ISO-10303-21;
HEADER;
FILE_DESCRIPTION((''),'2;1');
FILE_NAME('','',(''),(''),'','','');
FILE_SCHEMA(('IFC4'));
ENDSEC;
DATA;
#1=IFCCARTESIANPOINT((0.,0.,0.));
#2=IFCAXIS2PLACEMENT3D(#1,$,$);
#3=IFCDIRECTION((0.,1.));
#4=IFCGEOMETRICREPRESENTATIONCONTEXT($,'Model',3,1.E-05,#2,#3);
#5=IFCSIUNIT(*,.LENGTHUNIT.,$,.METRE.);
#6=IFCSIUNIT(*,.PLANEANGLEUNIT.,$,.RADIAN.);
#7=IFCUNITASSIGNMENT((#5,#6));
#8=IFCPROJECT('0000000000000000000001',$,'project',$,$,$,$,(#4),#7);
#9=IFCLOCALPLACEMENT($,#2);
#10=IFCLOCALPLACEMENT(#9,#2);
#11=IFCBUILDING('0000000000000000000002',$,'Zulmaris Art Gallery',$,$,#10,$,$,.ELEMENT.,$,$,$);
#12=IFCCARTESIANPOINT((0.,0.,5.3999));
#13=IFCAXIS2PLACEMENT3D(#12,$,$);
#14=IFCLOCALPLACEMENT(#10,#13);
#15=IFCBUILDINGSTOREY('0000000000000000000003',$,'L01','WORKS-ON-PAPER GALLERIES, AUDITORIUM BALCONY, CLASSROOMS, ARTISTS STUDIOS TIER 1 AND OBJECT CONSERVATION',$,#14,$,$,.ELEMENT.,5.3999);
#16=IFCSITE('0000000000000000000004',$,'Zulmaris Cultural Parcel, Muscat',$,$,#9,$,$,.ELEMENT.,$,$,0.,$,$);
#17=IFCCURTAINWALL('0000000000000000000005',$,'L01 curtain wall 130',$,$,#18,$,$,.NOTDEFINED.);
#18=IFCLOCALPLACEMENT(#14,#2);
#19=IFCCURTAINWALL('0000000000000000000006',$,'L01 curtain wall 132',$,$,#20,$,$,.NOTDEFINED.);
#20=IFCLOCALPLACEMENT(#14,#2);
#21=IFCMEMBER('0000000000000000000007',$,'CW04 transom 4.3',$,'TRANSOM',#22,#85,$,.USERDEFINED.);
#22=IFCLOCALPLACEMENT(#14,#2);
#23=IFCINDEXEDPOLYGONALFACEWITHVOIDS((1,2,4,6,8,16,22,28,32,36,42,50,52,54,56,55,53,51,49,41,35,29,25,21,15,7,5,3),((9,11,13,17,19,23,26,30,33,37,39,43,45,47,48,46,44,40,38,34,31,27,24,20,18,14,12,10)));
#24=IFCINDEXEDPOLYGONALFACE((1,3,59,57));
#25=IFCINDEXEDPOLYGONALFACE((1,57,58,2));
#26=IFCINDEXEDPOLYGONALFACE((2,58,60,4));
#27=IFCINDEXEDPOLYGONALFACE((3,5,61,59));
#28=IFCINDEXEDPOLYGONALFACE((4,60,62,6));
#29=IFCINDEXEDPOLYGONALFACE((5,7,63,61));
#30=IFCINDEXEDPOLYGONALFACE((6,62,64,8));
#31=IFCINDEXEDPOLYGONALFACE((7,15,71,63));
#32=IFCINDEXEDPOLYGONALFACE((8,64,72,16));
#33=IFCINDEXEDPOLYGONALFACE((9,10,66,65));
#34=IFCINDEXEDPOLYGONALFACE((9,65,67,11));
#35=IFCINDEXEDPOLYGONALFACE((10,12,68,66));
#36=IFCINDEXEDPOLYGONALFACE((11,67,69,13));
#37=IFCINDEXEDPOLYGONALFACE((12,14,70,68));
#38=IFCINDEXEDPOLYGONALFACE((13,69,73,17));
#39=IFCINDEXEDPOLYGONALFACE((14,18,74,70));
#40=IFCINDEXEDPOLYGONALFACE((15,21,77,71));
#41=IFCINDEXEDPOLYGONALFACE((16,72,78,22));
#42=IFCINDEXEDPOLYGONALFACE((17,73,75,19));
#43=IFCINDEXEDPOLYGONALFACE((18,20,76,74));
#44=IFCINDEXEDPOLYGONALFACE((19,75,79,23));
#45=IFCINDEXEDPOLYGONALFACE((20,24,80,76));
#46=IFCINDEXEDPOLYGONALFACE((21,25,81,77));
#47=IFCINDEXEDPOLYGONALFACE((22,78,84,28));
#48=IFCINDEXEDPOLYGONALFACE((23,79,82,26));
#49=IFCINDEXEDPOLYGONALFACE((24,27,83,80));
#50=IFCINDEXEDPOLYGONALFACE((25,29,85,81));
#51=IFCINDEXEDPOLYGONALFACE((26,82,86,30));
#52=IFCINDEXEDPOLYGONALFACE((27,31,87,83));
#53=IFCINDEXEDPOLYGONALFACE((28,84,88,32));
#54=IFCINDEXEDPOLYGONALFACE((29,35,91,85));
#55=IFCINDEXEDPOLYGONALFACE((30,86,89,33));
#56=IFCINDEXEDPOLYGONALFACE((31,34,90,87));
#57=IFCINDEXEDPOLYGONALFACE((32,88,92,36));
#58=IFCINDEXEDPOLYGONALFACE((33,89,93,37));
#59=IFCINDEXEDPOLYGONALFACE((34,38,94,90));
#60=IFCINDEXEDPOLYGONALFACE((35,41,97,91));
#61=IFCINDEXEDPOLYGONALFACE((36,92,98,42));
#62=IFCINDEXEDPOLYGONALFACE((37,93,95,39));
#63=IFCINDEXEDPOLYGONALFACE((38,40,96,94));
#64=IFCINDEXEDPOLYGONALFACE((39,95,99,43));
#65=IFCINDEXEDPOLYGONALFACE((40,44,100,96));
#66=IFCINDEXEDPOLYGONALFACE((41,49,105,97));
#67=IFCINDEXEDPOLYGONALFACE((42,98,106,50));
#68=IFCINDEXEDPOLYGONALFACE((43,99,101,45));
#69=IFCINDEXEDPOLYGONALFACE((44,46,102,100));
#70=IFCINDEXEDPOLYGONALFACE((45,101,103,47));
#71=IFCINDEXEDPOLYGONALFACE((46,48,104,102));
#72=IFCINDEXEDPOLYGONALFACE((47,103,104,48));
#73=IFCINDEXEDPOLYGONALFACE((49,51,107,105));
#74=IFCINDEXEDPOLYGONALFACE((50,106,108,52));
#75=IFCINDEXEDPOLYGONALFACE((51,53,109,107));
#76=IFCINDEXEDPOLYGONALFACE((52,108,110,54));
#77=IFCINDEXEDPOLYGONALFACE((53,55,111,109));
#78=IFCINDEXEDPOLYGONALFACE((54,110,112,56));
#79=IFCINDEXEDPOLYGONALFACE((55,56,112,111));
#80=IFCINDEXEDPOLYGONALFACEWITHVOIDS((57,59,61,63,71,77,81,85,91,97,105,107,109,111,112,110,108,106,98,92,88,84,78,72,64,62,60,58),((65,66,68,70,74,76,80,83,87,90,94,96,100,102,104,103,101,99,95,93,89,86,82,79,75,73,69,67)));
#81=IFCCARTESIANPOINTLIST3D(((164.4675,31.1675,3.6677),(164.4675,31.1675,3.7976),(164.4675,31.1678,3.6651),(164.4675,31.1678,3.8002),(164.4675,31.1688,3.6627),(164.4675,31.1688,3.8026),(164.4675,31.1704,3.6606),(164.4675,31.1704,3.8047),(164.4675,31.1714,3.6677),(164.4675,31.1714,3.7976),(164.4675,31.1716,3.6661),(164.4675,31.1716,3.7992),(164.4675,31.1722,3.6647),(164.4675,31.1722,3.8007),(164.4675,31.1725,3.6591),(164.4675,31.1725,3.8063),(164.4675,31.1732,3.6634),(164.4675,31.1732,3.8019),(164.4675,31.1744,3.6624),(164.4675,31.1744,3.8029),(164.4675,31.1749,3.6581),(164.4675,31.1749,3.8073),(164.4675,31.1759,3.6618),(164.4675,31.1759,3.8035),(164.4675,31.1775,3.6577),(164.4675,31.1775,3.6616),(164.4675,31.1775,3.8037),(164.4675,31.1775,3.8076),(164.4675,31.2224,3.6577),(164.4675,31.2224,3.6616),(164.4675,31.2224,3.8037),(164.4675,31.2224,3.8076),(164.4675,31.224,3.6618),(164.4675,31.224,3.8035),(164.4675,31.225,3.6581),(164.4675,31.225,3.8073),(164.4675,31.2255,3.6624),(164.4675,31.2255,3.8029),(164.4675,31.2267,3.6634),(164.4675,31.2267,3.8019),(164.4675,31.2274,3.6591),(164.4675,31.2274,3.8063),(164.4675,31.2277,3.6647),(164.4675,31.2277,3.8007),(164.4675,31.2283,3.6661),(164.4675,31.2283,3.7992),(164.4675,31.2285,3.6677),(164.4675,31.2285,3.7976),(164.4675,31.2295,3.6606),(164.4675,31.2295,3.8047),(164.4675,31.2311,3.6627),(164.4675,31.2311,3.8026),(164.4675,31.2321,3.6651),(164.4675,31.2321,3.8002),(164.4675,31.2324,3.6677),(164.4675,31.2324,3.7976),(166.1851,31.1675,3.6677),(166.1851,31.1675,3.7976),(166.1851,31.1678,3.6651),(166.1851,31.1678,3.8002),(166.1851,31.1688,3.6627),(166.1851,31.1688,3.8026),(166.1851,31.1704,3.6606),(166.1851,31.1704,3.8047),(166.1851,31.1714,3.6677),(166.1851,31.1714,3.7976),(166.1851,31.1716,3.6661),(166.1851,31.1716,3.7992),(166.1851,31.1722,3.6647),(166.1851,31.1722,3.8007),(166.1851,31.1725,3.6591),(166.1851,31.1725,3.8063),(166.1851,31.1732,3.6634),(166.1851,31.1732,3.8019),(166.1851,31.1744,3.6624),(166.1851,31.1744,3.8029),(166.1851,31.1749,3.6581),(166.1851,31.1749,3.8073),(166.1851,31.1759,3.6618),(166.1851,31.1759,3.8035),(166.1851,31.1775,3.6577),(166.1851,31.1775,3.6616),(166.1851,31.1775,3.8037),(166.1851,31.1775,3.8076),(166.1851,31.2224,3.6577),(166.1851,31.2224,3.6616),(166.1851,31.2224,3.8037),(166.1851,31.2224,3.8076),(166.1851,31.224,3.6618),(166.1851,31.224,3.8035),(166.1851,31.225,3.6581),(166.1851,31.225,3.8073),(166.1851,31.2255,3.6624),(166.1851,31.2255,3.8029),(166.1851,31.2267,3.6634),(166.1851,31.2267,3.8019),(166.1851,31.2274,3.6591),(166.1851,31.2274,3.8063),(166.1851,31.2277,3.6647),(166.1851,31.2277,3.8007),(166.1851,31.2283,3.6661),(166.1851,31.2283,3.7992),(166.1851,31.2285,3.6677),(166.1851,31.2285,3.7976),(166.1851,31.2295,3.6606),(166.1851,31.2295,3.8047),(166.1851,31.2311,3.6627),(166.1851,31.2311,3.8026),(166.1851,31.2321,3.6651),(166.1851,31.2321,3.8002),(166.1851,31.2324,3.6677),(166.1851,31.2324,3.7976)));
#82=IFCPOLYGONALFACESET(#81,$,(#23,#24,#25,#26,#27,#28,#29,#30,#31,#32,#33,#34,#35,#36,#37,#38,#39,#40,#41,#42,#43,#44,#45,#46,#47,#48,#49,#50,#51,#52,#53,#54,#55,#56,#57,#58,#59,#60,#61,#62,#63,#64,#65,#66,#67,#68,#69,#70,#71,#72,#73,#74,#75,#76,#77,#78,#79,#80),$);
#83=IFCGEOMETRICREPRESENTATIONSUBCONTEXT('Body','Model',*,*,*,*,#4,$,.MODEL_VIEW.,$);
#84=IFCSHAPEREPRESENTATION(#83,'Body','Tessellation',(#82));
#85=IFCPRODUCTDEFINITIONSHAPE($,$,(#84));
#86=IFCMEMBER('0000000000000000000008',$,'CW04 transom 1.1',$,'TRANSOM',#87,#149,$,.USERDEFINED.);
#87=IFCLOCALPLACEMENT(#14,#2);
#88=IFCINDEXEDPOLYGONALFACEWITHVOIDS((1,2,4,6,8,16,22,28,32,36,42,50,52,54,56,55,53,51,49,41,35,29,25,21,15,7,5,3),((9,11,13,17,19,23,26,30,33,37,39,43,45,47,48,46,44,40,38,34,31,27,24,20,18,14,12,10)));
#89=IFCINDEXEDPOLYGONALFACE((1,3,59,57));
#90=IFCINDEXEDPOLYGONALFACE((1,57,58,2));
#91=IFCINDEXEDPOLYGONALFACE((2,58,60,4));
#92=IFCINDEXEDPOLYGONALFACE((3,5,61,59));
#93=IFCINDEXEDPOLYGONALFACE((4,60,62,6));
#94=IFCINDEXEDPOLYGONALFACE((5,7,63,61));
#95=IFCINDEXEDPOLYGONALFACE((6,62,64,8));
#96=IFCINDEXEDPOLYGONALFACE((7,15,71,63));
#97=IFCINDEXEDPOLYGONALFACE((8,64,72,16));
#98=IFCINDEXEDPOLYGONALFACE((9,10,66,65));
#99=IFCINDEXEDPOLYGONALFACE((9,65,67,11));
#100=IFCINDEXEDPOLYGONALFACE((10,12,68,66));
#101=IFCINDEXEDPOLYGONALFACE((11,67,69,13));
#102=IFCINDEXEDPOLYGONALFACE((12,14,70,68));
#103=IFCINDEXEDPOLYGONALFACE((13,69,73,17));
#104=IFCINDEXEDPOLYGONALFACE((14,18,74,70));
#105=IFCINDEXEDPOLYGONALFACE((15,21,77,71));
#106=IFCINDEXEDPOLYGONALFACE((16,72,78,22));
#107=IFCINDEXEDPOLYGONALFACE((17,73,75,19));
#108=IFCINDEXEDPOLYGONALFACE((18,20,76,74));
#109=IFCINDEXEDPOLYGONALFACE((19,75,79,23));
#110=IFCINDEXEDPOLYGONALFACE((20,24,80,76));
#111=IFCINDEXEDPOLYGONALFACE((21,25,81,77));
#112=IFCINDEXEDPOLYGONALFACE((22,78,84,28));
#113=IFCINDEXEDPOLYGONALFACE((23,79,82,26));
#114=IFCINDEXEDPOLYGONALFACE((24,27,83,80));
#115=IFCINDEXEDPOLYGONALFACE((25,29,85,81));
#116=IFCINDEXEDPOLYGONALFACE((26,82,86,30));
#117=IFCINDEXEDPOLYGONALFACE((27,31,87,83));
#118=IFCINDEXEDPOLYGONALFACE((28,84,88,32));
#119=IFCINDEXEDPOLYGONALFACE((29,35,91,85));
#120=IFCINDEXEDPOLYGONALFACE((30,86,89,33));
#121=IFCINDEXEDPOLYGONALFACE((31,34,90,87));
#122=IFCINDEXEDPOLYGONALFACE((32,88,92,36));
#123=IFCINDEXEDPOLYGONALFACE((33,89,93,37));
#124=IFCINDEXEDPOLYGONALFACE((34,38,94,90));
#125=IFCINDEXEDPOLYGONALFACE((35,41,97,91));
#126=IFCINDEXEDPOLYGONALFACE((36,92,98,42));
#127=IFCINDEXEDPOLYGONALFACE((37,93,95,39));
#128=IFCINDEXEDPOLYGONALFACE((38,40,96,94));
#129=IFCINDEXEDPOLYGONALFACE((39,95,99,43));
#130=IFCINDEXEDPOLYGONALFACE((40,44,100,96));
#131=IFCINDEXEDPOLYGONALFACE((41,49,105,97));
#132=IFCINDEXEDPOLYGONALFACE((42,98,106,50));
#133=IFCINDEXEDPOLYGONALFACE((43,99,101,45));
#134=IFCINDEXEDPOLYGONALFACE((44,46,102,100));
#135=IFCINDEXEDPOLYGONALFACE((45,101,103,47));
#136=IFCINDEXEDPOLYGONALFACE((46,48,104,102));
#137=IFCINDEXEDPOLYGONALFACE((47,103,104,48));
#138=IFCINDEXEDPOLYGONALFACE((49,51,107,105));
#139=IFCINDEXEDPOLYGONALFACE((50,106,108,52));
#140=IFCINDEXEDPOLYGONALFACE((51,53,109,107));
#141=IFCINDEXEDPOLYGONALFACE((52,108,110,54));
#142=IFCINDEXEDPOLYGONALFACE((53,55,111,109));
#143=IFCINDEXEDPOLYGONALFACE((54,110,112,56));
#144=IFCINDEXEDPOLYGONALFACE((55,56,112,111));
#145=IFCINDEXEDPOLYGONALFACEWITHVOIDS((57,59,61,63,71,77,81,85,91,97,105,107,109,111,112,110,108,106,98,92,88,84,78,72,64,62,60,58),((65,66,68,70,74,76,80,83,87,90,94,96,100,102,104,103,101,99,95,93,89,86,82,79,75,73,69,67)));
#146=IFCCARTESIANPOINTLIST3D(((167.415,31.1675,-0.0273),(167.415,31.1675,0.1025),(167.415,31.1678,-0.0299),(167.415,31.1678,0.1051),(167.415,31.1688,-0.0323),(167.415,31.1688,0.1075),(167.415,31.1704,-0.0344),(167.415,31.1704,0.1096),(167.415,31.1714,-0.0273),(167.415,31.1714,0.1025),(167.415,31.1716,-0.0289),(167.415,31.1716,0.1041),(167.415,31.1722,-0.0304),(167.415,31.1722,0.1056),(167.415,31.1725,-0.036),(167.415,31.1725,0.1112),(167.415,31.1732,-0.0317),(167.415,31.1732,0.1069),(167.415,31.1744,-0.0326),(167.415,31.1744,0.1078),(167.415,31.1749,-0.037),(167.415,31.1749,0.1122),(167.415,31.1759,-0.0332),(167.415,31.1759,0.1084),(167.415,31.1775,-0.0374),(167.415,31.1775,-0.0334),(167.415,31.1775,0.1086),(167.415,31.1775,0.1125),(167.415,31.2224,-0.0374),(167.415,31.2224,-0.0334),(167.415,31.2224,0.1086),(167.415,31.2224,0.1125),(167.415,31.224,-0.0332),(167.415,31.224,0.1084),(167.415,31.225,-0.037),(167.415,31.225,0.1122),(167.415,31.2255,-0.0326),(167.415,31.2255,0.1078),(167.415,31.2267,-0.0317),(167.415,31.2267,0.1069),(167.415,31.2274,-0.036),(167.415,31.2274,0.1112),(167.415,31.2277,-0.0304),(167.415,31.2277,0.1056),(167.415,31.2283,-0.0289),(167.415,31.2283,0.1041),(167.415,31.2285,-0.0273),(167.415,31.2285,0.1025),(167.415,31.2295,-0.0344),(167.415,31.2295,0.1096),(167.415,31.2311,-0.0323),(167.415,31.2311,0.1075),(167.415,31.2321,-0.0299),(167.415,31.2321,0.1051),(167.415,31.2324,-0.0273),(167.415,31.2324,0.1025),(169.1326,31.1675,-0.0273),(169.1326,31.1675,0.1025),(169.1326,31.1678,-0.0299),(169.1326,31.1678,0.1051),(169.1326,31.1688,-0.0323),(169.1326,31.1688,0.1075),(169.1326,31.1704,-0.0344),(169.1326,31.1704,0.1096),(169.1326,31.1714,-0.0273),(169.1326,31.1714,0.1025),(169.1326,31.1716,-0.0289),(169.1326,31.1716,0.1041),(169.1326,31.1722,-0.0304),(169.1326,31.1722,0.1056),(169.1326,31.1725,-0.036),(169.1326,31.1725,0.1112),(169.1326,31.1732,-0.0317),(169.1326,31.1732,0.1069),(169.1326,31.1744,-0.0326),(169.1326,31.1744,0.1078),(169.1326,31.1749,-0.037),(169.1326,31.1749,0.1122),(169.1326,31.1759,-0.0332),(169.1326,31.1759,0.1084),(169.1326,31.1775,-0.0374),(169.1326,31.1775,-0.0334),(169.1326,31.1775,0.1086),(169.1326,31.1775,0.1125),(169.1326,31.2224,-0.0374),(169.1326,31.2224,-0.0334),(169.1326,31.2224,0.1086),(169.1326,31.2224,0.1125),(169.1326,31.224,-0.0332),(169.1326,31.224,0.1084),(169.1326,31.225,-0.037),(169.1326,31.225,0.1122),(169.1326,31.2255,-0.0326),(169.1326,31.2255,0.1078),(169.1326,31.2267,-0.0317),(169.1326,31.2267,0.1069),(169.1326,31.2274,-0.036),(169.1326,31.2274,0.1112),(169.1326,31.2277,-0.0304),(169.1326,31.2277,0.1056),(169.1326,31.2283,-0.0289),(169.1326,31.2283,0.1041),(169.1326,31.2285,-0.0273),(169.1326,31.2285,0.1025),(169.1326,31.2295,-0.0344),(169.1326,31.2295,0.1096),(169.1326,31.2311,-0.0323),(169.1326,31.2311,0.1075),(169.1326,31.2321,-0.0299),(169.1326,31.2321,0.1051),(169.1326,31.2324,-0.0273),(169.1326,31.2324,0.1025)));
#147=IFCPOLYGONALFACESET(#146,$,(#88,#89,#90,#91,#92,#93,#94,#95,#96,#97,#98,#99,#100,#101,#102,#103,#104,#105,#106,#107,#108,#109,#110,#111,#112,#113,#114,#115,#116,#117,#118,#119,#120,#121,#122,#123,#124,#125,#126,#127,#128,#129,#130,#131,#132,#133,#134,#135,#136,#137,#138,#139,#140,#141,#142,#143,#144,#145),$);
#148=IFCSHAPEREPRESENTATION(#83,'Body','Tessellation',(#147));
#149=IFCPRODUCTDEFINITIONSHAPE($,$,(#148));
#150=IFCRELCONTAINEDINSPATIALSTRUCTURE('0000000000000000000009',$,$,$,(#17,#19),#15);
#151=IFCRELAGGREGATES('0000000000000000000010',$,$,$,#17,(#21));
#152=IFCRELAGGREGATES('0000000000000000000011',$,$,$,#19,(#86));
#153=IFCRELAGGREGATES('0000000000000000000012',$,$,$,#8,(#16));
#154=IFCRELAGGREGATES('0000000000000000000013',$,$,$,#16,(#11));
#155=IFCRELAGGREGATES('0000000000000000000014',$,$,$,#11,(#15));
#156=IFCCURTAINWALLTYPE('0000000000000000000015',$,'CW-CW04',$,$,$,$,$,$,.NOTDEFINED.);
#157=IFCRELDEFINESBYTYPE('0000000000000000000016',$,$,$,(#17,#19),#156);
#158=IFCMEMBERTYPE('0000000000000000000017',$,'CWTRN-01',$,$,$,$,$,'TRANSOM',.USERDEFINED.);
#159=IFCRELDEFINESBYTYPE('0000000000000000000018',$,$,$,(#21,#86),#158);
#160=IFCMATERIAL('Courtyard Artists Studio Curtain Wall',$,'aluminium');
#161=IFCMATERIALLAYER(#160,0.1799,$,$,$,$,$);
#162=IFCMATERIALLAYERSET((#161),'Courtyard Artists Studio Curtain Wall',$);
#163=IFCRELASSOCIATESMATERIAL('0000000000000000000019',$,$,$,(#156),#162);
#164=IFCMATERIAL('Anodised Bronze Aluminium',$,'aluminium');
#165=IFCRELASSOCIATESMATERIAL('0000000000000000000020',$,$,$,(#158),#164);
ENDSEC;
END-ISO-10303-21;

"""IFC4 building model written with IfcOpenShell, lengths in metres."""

from ifc_helpers import new_model, si_unit, direction, frame, origin, origin_2d, place, context, subcontext, project, spatial, hollow_rectangle, extrude, material, layer, layer_set, material_profile, profile_set, type_object, element, aggregate, save


model = new_model("IFC4")

# Units and contexts
model_context = context("Model", 3, precision=1e-05, world=origin(), true_north=direction((0.0, 1.0)))
body_context = subcontext(model_context, "Body", "Model", "MODEL_VIEW")
ifc_project = project(units=[si_unit("LENGTHUNIT", "METRE"), si_unit("PLANEANGLEUNIT", "RADIAN")], contexts=[model_context])

# Site, building, storey
site_placement = place(None, origin())
site = spatial("IfcSite", under=ifc_project, at=site_placement, Name="Zulmaris Cultural Parcel, Muscat", CompositionType="ELEMENT", RefElevation=0.0)
building_placement = place(site_placement, origin())
building = spatial("IfcBuilding", under=site, at=building_placement, Name="Zulmaris Art Gallery", CompositionType="ELEMENT")
storey_placement = place(building_placement, frame((0.0, 0.0, 5.3999)))
storey = spatial("IfcBuildingStorey", under=building, at=storey_placement, Name="L01", Description="WORKS-ON-PAPER GALLERIES, AUDITORIUM BALCONY, CLASSROOMS, ARTISTS STUDIOS TIER 1 AND OBJECT CONSERVATION", CompositionType="ELEMENT", Elevation=5.3999)

# Curtain walls
ifc_material_1 = material(Name="Courtyard Artists Studio Curtain Wall", Category="aluminium")
ifc_layer_1 = layer(ifc_material_1, 0.1799)
ifc_layer_set_1 = layer_set([ifc_layer_1], Name="Courtyard Artists Studio Curtain Wall")
curtain_wall_type = type_object("IfcCurtainWallType", Name="CW-CW04", PredefinedType="NOTDEFINED", material=ifc_layer_set_1)
curtain_wall_1_placement = place(storey_placement, origin())
curtain_wall_1 = element("IfcCurtainWall", 1, at=curtain_wall_1_placement, inside=storey, type_object=curtain_wall_type, Name="L01 curtain wall 130", PredefinedType="NOTDEFINED")
ifc_material_2 = material(Name="Anodised Bronze Aluminium", Category="aluminium")
curtain_wall_2_placement = place(storey_placement, origin())
curtain_wall_2 = element("IfcCurtainWall", 2, at=curtain_wall_2_placement, inside=storey, type_object=curtain_wall_type, Name="L01 curtain wall 132", PredefinedType="NOTDEFINED")

# Members
ifc_material_profile_1 = material_profile(ifc_material_2, hollow_rectangle(XDim=0.0649, YDim=0.1499, WallThickness=0.0039, InnerFilletRadius=0.0061, OuterFilletRadius=0.01, at=origin_2d()), Name="ALU 65x150x4")
ifc_profile_set_1 = profile_set([ifc_material_profile_1], Name="Anodised Bronze Aluminium")
member_type_1 = type_object("IfcMemberType", Name="CWTRN-01", ElementType="TRANSOM", PredefinedType="USERDEFINED", material=ifc_profile_set_1)
member_1_placement = place(storey_placement, frame((164.4675, 31.2, 3.7327), z_axis=(1.0, 0.0, 0.0), x_axis=(0.0, 1.0, 0.0)))
member_1 = element("IfcMember", 3, at=member_1_placement, type_object=member_type_1, Name="CW04 transom 4.3", ObjectType="TRANSOM", PredefinedType="USERDEFINED", context=body_context, shape_type="SweptSolid", body=[
    extrude(hollow_rectangle(XDim=0.0649, YDim=0.1499, WallThickness=0.0039, InnerFilletRadius=0.0061, OuterFilletRadius=0.01, at=origin_2d()), origin(), (0.0, 0.0, 1.0), 1.7175),
])
member_2_placement = place(storey_placement, frame((167.415, 31.2, 0.0376), z_axis=(1.0, 0.0, 0.0), x_axis=(0.0, 1.0, 0.0)))
member_2 = element("IfcMember", 4, at=member_2_placement, type_object=member_type_1, Name="CW04 transom 1.1", ObjectType="TRANSOM", PredefinedType="USERDEFINED", context=body_context, shape_type="SweptSolid", body=[
    extrude(hollow_rectangle(XDim=0.0649, YDim=0.1499, WallThickness=0.0039, InnerFilletRadius=0.0061, OuterFilletRadius=0.01, at=origin_2d()), origin(), (0.0, 0.0, 1.0), 1.7175),
])

aggregate(curtain_wall_1, [member_1])
aggregate(curtain_wall_2, [member_2])

save(model, "model.ifc")
